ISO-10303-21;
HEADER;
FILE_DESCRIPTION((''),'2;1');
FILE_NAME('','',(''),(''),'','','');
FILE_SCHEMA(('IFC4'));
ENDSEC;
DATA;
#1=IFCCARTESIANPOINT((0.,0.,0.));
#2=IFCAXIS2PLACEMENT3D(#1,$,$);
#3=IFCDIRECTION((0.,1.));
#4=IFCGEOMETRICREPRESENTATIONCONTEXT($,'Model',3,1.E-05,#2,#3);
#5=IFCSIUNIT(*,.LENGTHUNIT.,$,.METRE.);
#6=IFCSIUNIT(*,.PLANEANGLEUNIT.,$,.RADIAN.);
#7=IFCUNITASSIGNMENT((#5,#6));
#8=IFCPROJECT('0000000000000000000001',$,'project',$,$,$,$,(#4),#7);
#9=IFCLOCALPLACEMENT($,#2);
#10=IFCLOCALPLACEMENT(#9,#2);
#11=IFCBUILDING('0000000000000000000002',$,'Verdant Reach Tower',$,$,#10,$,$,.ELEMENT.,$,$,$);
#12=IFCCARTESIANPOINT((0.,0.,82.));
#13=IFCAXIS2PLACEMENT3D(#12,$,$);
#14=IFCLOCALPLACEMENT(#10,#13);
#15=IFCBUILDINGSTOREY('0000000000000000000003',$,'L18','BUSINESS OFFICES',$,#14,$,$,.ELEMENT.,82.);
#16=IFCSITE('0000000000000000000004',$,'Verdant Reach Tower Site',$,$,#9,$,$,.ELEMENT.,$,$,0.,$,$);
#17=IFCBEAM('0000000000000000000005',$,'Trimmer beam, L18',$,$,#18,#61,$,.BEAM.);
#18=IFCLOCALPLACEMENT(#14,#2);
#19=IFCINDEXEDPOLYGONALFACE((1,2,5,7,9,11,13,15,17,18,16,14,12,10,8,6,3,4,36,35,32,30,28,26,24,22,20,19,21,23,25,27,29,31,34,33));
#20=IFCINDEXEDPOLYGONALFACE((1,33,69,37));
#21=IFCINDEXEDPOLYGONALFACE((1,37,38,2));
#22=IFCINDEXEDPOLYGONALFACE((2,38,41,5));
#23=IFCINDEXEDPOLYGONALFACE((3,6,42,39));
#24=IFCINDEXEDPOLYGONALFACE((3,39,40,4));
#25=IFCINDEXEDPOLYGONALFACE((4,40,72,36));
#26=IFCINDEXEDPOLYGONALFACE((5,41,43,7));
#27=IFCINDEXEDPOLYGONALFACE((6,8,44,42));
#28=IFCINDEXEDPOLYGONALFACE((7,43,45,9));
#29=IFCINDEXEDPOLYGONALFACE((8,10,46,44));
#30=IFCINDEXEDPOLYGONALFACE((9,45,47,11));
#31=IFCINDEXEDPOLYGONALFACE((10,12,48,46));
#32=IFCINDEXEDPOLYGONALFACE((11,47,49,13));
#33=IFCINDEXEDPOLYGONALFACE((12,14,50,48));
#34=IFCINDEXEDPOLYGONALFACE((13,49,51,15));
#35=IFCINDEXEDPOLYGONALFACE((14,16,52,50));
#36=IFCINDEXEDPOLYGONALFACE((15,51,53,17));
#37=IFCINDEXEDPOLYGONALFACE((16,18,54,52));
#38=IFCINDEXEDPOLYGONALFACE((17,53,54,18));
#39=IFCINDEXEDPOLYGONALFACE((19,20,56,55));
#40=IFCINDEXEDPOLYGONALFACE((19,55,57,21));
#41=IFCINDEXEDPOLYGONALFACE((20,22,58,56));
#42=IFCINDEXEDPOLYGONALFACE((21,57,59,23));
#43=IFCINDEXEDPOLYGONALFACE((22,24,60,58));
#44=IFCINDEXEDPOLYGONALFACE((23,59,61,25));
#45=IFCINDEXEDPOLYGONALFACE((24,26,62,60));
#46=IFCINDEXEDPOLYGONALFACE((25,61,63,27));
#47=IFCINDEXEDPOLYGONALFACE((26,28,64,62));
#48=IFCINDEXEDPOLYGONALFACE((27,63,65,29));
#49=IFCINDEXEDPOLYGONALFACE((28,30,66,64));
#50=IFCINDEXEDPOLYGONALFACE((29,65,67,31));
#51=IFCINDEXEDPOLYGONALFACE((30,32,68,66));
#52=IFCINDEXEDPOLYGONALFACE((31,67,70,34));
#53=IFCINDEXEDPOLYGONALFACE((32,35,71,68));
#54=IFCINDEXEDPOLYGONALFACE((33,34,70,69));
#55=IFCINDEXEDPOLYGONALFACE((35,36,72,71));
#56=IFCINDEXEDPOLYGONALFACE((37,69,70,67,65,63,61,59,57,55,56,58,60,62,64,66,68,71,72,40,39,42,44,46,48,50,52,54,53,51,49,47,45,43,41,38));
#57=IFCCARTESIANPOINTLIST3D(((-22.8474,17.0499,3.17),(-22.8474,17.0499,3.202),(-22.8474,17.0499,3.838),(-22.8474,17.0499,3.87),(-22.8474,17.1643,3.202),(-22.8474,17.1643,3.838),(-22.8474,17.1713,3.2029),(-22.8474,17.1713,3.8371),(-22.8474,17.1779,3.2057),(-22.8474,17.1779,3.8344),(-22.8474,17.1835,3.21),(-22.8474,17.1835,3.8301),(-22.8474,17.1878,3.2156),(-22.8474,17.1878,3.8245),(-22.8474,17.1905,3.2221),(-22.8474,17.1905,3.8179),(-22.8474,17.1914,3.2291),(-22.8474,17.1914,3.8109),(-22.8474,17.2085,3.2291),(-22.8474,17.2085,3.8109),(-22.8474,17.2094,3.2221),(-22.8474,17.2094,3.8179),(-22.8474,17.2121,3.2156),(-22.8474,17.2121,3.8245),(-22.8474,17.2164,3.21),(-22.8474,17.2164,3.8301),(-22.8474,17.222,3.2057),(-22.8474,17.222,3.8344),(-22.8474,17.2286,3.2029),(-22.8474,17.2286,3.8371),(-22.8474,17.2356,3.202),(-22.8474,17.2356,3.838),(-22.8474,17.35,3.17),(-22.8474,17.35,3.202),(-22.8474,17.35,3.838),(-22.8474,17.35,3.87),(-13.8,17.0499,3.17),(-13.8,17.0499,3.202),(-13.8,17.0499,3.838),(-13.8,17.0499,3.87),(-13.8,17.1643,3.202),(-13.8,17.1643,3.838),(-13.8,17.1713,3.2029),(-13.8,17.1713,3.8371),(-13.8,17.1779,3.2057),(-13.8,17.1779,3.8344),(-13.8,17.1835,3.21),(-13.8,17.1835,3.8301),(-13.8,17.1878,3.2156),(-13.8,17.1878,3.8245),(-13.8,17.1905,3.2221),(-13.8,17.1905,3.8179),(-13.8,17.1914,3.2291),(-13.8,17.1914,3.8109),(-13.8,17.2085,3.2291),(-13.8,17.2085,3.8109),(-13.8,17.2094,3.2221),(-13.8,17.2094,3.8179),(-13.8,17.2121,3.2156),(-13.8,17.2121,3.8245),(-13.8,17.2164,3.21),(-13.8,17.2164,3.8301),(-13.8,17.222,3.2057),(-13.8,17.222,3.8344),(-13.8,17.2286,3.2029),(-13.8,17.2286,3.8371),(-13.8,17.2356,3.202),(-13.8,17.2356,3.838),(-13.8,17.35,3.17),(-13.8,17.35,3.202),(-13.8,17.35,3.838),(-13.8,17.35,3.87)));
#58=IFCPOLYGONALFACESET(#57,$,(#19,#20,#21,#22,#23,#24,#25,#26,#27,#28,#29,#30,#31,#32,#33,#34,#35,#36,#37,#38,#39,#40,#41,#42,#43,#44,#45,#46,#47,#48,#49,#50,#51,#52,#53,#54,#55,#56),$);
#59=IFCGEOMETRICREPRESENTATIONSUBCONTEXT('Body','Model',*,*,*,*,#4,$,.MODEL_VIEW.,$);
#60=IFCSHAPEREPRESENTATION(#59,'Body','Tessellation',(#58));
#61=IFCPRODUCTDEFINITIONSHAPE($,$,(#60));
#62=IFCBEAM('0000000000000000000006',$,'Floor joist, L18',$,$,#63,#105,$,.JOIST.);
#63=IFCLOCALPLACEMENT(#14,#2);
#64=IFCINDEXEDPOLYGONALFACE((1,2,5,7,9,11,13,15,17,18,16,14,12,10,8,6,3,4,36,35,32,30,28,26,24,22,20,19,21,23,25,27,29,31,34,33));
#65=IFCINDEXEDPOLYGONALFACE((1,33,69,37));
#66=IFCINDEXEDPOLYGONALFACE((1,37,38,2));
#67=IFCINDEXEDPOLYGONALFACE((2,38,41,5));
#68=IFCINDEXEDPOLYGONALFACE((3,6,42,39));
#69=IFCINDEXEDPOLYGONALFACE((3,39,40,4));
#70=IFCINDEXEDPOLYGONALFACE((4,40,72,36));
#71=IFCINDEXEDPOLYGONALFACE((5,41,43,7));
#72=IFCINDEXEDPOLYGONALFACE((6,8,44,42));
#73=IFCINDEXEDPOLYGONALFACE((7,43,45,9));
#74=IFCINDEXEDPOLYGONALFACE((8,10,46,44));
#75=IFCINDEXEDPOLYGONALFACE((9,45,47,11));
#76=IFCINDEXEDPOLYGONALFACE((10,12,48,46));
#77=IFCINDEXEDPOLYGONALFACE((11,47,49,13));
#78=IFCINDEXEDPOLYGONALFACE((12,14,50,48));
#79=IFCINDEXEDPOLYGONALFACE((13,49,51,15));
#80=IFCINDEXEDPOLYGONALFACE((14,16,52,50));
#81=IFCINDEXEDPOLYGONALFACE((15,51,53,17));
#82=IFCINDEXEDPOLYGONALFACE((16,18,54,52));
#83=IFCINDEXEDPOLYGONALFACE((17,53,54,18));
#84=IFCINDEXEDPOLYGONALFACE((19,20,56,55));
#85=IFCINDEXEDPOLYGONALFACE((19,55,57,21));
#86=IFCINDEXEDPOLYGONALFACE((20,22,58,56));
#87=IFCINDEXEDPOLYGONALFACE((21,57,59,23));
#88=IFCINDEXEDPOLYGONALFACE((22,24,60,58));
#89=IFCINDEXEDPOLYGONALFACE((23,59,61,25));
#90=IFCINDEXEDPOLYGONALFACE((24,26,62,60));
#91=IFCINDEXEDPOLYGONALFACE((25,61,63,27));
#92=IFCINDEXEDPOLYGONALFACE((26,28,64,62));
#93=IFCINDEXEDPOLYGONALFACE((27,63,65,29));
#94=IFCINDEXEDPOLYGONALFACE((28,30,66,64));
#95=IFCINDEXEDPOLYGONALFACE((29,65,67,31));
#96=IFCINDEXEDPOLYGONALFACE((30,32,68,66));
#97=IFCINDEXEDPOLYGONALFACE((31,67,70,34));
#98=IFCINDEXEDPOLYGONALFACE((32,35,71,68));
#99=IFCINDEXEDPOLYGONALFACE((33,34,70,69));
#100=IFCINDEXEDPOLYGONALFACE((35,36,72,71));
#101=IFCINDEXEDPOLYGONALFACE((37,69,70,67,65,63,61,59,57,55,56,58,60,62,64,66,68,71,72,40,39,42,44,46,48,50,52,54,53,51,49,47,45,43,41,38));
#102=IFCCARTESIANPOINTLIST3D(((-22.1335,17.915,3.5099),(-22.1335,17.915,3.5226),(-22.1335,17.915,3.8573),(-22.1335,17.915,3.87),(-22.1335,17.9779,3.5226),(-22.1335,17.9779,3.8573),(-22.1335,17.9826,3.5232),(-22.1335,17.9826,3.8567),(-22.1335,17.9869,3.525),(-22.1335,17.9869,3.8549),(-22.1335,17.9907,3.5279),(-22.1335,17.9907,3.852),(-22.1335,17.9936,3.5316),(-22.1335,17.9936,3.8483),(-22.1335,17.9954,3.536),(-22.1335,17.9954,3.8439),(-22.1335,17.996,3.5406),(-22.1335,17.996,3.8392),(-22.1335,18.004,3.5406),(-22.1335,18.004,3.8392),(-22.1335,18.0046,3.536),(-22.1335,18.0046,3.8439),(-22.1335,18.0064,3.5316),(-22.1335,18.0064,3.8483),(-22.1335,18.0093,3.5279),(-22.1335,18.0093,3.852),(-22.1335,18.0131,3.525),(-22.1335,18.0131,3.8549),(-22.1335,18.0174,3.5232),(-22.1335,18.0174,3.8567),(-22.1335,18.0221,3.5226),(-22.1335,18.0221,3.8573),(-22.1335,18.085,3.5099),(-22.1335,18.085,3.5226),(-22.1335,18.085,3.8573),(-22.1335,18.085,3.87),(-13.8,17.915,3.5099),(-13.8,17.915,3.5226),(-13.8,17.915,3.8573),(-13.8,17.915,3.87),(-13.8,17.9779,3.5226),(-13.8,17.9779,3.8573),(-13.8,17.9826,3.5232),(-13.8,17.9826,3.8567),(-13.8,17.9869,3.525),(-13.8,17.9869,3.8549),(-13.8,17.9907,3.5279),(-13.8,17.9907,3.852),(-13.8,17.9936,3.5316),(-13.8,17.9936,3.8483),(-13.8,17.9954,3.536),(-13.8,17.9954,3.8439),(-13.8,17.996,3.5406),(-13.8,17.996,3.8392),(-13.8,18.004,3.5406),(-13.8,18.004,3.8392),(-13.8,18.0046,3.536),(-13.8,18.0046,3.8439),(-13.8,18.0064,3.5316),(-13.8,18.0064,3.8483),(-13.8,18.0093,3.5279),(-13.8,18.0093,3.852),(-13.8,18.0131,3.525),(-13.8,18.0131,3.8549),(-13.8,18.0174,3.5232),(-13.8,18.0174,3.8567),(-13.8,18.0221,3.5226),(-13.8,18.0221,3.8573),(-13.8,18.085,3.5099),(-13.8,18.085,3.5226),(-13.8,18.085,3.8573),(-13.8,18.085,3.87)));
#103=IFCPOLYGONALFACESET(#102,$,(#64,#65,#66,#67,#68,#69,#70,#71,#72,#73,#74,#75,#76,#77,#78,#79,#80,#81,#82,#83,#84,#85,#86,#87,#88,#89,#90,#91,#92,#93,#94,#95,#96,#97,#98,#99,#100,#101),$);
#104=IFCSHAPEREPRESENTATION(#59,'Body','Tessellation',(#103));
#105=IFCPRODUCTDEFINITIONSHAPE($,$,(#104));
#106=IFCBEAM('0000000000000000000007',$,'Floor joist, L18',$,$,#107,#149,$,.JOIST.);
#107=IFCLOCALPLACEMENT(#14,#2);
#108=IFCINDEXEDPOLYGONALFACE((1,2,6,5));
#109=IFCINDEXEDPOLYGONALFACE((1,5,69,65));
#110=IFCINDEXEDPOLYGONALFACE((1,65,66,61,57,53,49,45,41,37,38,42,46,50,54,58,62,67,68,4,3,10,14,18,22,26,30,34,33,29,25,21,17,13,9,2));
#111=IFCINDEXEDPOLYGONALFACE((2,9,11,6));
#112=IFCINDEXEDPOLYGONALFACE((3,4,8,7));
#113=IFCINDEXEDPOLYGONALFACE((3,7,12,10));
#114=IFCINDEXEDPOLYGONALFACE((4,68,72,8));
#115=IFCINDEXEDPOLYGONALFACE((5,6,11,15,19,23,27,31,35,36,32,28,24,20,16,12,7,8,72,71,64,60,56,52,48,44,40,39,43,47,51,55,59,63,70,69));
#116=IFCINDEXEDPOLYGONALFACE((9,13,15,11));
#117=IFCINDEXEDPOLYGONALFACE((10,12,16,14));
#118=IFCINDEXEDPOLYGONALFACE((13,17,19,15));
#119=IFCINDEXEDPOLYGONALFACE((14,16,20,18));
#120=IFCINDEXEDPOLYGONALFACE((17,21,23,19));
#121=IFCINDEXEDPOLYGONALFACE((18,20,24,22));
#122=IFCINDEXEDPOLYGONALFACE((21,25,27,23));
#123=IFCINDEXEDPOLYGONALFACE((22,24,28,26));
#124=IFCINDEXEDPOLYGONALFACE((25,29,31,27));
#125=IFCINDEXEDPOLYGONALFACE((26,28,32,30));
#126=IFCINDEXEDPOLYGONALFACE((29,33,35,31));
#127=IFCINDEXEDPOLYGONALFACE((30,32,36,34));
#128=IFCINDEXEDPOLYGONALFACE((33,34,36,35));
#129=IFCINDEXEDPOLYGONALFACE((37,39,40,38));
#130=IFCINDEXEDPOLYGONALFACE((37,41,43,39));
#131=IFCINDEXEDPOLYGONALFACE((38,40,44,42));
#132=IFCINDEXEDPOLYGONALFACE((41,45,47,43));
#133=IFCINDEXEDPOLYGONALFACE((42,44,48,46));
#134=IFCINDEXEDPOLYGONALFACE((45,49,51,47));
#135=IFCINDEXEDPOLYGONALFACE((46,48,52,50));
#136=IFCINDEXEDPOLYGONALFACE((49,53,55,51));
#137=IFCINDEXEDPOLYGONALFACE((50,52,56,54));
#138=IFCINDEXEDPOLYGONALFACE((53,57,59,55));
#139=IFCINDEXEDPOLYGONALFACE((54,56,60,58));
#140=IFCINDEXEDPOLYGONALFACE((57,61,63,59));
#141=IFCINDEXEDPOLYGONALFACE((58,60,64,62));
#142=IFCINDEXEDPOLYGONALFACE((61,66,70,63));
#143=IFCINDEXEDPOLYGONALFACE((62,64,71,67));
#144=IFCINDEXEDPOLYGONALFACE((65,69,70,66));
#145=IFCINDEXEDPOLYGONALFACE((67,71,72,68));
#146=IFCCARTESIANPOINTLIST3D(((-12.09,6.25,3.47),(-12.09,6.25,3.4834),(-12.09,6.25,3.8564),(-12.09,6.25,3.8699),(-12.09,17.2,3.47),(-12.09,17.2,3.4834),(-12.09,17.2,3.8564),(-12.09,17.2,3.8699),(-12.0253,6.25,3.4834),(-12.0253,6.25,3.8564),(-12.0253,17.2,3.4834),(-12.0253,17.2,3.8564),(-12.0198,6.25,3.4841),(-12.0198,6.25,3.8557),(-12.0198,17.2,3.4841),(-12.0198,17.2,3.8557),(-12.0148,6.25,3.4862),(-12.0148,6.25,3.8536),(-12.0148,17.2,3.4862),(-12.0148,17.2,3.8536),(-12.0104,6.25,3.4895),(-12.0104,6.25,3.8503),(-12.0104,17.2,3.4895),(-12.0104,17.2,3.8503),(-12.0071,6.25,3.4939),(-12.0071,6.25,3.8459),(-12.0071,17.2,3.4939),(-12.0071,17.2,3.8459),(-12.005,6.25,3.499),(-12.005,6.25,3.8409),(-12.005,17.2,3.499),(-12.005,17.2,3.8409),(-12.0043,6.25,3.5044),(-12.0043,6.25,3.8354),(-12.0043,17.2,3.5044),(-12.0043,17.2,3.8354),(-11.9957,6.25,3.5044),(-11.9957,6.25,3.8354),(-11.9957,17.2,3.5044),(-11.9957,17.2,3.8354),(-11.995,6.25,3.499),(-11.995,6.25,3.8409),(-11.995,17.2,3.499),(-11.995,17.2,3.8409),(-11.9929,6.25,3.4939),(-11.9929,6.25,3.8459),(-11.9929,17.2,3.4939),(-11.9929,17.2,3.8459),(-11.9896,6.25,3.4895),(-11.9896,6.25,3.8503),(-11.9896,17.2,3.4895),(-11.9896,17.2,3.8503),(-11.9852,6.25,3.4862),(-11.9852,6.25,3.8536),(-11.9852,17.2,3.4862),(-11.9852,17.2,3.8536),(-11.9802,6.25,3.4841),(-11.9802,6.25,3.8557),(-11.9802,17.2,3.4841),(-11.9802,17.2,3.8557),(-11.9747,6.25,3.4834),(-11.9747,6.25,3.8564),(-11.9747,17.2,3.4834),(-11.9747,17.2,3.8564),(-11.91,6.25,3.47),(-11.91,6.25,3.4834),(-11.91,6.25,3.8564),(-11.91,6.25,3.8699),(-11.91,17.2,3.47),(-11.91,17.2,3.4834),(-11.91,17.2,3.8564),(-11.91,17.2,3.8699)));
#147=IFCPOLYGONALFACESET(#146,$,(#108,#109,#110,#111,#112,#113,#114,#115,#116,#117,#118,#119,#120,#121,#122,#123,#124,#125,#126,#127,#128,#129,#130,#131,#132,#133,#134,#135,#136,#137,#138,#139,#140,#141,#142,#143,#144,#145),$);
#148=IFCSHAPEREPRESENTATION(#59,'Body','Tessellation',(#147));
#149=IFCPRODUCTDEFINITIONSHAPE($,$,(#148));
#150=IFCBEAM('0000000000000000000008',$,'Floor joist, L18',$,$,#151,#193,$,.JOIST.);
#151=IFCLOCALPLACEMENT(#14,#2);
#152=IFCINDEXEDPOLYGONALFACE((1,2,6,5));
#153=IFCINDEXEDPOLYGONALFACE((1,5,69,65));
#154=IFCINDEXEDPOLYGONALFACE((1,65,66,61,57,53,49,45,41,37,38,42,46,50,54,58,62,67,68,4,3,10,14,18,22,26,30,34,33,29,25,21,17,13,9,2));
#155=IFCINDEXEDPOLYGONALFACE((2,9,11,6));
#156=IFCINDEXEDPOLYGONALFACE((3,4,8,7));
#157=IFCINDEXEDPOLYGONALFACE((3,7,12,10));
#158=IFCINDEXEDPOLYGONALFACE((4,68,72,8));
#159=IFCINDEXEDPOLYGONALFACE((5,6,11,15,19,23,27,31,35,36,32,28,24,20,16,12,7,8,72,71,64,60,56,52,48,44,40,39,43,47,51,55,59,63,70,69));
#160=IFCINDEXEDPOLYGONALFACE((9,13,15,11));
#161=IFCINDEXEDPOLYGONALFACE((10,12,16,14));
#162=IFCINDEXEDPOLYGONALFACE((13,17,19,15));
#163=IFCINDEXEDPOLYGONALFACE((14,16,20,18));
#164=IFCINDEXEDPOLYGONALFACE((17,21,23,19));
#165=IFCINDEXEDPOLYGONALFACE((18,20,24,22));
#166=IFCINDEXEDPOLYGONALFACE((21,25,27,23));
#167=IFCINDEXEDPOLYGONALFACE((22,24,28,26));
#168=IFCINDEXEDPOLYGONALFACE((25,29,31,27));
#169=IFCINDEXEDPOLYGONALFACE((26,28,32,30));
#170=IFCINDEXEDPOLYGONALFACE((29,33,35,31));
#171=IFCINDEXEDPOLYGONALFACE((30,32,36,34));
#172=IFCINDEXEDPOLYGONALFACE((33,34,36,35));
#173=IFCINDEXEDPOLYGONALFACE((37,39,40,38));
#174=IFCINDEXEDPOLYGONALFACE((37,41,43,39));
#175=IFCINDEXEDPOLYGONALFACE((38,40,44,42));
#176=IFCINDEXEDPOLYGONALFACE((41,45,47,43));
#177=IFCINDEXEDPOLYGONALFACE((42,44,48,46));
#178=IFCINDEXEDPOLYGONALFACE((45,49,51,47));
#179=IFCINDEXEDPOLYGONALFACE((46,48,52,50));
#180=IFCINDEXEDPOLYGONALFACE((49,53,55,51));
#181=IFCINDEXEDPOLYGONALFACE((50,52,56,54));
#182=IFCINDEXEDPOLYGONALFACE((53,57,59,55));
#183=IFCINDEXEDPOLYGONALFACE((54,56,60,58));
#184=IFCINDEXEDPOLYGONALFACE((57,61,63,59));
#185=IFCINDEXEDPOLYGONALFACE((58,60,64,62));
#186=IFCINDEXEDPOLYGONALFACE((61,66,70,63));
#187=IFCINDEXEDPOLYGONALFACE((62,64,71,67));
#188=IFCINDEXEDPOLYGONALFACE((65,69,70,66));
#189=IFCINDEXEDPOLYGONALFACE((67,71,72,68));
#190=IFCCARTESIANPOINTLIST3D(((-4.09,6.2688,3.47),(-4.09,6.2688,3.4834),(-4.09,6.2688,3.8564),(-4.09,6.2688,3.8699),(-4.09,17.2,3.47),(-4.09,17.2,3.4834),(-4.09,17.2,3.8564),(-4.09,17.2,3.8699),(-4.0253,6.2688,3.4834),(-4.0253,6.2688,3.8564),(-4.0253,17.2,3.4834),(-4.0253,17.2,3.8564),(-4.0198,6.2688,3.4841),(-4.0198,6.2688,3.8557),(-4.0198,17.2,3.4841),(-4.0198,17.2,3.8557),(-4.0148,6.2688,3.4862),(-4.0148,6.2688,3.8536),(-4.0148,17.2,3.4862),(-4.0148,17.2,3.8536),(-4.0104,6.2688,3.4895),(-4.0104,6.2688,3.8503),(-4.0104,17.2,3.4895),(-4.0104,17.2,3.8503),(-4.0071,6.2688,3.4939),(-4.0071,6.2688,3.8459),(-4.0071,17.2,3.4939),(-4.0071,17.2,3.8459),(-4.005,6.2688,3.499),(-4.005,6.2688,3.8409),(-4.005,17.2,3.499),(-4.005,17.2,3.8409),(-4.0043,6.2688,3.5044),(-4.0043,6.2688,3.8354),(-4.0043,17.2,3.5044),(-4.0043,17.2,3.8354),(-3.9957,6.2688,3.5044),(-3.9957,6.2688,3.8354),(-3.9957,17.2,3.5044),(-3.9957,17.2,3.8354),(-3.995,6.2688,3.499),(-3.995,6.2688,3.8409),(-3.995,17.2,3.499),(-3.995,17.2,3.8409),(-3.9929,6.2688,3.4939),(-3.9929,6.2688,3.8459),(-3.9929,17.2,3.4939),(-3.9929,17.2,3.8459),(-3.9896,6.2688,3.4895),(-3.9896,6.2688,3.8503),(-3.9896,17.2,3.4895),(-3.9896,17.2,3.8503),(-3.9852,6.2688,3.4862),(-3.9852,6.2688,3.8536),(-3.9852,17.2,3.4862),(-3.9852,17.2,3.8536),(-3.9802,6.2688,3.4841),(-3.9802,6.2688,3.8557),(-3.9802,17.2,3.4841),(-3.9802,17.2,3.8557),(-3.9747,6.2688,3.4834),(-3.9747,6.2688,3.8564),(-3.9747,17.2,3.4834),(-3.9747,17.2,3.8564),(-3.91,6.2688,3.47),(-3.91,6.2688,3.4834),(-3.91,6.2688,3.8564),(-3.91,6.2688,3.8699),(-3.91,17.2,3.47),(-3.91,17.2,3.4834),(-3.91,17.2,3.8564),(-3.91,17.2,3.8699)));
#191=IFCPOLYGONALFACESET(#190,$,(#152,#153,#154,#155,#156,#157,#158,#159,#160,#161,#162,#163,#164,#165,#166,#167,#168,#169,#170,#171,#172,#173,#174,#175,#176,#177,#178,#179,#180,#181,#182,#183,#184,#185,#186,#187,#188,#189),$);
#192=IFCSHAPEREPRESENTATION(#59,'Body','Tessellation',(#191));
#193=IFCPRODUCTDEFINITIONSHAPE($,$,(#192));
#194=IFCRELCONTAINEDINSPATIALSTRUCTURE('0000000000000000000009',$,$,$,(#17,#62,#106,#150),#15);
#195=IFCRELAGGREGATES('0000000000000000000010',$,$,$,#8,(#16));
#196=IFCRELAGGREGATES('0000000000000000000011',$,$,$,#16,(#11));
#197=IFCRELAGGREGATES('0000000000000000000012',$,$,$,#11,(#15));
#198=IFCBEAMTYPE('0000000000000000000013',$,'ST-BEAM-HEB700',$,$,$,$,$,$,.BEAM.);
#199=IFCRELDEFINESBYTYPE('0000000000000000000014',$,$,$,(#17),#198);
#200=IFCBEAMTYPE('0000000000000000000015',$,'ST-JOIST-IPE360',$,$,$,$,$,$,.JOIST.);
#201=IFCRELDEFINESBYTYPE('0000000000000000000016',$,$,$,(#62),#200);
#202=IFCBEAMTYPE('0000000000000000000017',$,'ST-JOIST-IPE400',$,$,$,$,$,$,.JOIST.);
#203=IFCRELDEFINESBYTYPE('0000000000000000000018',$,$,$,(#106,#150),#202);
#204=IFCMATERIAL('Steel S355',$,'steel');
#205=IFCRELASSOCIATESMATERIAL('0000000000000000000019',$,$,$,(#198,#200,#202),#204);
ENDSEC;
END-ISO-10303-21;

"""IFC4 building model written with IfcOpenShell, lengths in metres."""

from ifc_helpers import new_model, si_unit, direction, frame, origin, origin_2d, place, context, subcontext, project, spatial, i_section, extrude, material, material_profile, profile_set, type_object, element, save


model = new_model("IFC4")

# Units and contexts
model_context = context("Model", 3, precision=1e-05, world=origin(), true_north=direction((0.0, 1.0)))
body_context = subcontext(model_context, "Body", "Model", "MODEL_VIEW")
ifc_project = project(units=[si_unit("LENGTHUNIT", "METRE"), si_unit("PLANEANGLEUNIT", "RADIAN")], contexts=[model_context])

# Site, building, storey
site_placement = place(None, origin())
site = spatial("IfcSite", under=ifc_project, at=site_placement, Name="Verdant Reach Tower Site", CompositionType="ELEMENT", RefElevation=0.0)
building_placement = place(site_placement, origin())
building = spatial("IfcBuilding", under=site, at=building_placement, Name="Verdant Reach Tower", CompositionType="ELEMENT")
storey_placement = place(building_placement, frame((0.0, 0.0, 82.0)))
storey = spatial("IfcBuildingStorey", under=building, at=storey_placement, Name="L18", Description="BUSINESS OFFICES", CompositionType="ELEMENT", Elevation=82.0)

# Beams
ifc_material_1 = material(Name="Steel S355", Category="steel")
ifc_material_profile_1 = material_profile(ifc_material_1, i_section(OverallWidth=0.3, OverallDepth=0.7, WebThickness=0.0171, FlangeThickness=0.032, FilletRadius=0.0271, at=origin_2d()), Name="HEB 700")
ifc_profile_set_1 = profile_set([ifc_material_profile_1], Name="Steel S355")
beam_type_1 = type_object("IfcBeamType", Name="ST-BEAM-HEB700", PredefinedType="BEAM", material=ifc_profile_set_1)
beam_1_placement = place(storey_placement, frame((-13.8, 17.2, 3.52), z_axis=(-1.0, 0.0, 0.0), x_axis=(0.0, -1.0, 0.0)))
element("IfcBeam", 1, at=beam_1_placement, inside=storey, type_object=beam_type_1, Name="Trimmer beam, L18", PredefinedType="BEAM", context=body_context, shape_type="SweptSolid", body=[
    extrude(i_section(OverallWidth=0.3, OverallDepth=0.7, WebThickness=0.0171, FlangeThickness=0.032, FilletRadius=0.0271, at=origin_2d()), origin(), (0.0, 0.0, 1.0), 9.0474),
])
ifc_material_profile_2 = material_profile(ifc_material_1, i_section(OverallWidth=0.1699, OverallDepth=0.3601, WebThickness=0.0081, FlangeThickness=0.0127, FilletRadius=0.0181, at=origin_2d()), Name="IPE 360")
ifc_profile_set_2 = profile_set([ifc_material_profile_2], Name="Steel S355")
beam_type_2 = type_object("IfcBeamType", Name="ST-JOIST-IPE360", PredefinedType="JOIST", material=ifc_profile_set_2)
beam_2_placement = place(storey_placement, frame((-13.8, 18.0, 3.6899), z_axis=(-1.0, 0.0, 0.0), x_axis=(0.0, -1.0, 0.0)))
element("IfcBeam", 2, at=beam_2_placement, inside=storey, type_object=beam_type_2, Name="Floor joist, L18", PredefinedType="JOIST", context=body_context, shape_type="SweptSolid", body=[
    extrude(i_section(OverallWidth=0.1699, OverallDepth=0.3601, WebThickness=0.0081, FlangeThickness=0.0127, FilletRadius=0.0181, at=origin_2d()), origin(), (0.0, 0.0, 1.0), 8.3335),
])
ifc_material_profile_3 = material_profile(ifc_material_1, i_section(OverallWidth=0.1799, OverallDepth=0.3999, WebThickness=0.0085, FlangeThickness=0.0134, FilletRadius=0.021, at=origin_2d()), Name="IPE 400")
ifc_profile_set_3 = profile_set([ifc_material_profile_3], Name="Steel S355")
beam_type_3 = type_object("IfcBeamType", Name="ST-JOIST-IPE400", PredefinedType="JOIST", material=ifc_profile_set_3)
beam_3_placement = place(storey_placement, frame((-12.0, 17.2, 3.6699), z_axis=(0.0, -1.0, 0.0), x_axis=(1.0, 0.0, 0.0)))
element("IfcBeam", 3, at=beam_3_placement, inside=storey, type_object=beam_type_3, Name="Floor joist, L18", PredefinedType="JOIST", context=body_context, shape_type="SweptSolid", body=[
    extrude(i_section(OverallWidth=0.1799, OverallDepth=0.3999, WebThickness=0.0085, FlangeThickness=0.0134, FilletRadius=0.021, at=origin_2d()), origin(), (0.0, 0.0, 1.0), 10.95),
])
beam_4_placement = place(storey_placement, frame((-4.0, 17.2, 3.6699), z_axis=(0.0, -1.0, 0.0), x_axis=(1.0, 0.0, 0.0)))
element("IfcBeam", 4, at=beam_4_placement, inside=storey, type_object=beam_type_3, Name="Floor joist, L18", PredefinedType="JOIST", context=body_context, shape_type="SweptSolid", body=[
    extrude(i_section(OverallWidth=0.1799, OverallDepth=0.3999, WebThickness=0.0085, FlangeThickness=0.0134, FilletRadius=0.021, at=origin_2d()), origin(), (0.0, 0.0, 1.0), 10.9312),
])

save(model, "model.ifc")
